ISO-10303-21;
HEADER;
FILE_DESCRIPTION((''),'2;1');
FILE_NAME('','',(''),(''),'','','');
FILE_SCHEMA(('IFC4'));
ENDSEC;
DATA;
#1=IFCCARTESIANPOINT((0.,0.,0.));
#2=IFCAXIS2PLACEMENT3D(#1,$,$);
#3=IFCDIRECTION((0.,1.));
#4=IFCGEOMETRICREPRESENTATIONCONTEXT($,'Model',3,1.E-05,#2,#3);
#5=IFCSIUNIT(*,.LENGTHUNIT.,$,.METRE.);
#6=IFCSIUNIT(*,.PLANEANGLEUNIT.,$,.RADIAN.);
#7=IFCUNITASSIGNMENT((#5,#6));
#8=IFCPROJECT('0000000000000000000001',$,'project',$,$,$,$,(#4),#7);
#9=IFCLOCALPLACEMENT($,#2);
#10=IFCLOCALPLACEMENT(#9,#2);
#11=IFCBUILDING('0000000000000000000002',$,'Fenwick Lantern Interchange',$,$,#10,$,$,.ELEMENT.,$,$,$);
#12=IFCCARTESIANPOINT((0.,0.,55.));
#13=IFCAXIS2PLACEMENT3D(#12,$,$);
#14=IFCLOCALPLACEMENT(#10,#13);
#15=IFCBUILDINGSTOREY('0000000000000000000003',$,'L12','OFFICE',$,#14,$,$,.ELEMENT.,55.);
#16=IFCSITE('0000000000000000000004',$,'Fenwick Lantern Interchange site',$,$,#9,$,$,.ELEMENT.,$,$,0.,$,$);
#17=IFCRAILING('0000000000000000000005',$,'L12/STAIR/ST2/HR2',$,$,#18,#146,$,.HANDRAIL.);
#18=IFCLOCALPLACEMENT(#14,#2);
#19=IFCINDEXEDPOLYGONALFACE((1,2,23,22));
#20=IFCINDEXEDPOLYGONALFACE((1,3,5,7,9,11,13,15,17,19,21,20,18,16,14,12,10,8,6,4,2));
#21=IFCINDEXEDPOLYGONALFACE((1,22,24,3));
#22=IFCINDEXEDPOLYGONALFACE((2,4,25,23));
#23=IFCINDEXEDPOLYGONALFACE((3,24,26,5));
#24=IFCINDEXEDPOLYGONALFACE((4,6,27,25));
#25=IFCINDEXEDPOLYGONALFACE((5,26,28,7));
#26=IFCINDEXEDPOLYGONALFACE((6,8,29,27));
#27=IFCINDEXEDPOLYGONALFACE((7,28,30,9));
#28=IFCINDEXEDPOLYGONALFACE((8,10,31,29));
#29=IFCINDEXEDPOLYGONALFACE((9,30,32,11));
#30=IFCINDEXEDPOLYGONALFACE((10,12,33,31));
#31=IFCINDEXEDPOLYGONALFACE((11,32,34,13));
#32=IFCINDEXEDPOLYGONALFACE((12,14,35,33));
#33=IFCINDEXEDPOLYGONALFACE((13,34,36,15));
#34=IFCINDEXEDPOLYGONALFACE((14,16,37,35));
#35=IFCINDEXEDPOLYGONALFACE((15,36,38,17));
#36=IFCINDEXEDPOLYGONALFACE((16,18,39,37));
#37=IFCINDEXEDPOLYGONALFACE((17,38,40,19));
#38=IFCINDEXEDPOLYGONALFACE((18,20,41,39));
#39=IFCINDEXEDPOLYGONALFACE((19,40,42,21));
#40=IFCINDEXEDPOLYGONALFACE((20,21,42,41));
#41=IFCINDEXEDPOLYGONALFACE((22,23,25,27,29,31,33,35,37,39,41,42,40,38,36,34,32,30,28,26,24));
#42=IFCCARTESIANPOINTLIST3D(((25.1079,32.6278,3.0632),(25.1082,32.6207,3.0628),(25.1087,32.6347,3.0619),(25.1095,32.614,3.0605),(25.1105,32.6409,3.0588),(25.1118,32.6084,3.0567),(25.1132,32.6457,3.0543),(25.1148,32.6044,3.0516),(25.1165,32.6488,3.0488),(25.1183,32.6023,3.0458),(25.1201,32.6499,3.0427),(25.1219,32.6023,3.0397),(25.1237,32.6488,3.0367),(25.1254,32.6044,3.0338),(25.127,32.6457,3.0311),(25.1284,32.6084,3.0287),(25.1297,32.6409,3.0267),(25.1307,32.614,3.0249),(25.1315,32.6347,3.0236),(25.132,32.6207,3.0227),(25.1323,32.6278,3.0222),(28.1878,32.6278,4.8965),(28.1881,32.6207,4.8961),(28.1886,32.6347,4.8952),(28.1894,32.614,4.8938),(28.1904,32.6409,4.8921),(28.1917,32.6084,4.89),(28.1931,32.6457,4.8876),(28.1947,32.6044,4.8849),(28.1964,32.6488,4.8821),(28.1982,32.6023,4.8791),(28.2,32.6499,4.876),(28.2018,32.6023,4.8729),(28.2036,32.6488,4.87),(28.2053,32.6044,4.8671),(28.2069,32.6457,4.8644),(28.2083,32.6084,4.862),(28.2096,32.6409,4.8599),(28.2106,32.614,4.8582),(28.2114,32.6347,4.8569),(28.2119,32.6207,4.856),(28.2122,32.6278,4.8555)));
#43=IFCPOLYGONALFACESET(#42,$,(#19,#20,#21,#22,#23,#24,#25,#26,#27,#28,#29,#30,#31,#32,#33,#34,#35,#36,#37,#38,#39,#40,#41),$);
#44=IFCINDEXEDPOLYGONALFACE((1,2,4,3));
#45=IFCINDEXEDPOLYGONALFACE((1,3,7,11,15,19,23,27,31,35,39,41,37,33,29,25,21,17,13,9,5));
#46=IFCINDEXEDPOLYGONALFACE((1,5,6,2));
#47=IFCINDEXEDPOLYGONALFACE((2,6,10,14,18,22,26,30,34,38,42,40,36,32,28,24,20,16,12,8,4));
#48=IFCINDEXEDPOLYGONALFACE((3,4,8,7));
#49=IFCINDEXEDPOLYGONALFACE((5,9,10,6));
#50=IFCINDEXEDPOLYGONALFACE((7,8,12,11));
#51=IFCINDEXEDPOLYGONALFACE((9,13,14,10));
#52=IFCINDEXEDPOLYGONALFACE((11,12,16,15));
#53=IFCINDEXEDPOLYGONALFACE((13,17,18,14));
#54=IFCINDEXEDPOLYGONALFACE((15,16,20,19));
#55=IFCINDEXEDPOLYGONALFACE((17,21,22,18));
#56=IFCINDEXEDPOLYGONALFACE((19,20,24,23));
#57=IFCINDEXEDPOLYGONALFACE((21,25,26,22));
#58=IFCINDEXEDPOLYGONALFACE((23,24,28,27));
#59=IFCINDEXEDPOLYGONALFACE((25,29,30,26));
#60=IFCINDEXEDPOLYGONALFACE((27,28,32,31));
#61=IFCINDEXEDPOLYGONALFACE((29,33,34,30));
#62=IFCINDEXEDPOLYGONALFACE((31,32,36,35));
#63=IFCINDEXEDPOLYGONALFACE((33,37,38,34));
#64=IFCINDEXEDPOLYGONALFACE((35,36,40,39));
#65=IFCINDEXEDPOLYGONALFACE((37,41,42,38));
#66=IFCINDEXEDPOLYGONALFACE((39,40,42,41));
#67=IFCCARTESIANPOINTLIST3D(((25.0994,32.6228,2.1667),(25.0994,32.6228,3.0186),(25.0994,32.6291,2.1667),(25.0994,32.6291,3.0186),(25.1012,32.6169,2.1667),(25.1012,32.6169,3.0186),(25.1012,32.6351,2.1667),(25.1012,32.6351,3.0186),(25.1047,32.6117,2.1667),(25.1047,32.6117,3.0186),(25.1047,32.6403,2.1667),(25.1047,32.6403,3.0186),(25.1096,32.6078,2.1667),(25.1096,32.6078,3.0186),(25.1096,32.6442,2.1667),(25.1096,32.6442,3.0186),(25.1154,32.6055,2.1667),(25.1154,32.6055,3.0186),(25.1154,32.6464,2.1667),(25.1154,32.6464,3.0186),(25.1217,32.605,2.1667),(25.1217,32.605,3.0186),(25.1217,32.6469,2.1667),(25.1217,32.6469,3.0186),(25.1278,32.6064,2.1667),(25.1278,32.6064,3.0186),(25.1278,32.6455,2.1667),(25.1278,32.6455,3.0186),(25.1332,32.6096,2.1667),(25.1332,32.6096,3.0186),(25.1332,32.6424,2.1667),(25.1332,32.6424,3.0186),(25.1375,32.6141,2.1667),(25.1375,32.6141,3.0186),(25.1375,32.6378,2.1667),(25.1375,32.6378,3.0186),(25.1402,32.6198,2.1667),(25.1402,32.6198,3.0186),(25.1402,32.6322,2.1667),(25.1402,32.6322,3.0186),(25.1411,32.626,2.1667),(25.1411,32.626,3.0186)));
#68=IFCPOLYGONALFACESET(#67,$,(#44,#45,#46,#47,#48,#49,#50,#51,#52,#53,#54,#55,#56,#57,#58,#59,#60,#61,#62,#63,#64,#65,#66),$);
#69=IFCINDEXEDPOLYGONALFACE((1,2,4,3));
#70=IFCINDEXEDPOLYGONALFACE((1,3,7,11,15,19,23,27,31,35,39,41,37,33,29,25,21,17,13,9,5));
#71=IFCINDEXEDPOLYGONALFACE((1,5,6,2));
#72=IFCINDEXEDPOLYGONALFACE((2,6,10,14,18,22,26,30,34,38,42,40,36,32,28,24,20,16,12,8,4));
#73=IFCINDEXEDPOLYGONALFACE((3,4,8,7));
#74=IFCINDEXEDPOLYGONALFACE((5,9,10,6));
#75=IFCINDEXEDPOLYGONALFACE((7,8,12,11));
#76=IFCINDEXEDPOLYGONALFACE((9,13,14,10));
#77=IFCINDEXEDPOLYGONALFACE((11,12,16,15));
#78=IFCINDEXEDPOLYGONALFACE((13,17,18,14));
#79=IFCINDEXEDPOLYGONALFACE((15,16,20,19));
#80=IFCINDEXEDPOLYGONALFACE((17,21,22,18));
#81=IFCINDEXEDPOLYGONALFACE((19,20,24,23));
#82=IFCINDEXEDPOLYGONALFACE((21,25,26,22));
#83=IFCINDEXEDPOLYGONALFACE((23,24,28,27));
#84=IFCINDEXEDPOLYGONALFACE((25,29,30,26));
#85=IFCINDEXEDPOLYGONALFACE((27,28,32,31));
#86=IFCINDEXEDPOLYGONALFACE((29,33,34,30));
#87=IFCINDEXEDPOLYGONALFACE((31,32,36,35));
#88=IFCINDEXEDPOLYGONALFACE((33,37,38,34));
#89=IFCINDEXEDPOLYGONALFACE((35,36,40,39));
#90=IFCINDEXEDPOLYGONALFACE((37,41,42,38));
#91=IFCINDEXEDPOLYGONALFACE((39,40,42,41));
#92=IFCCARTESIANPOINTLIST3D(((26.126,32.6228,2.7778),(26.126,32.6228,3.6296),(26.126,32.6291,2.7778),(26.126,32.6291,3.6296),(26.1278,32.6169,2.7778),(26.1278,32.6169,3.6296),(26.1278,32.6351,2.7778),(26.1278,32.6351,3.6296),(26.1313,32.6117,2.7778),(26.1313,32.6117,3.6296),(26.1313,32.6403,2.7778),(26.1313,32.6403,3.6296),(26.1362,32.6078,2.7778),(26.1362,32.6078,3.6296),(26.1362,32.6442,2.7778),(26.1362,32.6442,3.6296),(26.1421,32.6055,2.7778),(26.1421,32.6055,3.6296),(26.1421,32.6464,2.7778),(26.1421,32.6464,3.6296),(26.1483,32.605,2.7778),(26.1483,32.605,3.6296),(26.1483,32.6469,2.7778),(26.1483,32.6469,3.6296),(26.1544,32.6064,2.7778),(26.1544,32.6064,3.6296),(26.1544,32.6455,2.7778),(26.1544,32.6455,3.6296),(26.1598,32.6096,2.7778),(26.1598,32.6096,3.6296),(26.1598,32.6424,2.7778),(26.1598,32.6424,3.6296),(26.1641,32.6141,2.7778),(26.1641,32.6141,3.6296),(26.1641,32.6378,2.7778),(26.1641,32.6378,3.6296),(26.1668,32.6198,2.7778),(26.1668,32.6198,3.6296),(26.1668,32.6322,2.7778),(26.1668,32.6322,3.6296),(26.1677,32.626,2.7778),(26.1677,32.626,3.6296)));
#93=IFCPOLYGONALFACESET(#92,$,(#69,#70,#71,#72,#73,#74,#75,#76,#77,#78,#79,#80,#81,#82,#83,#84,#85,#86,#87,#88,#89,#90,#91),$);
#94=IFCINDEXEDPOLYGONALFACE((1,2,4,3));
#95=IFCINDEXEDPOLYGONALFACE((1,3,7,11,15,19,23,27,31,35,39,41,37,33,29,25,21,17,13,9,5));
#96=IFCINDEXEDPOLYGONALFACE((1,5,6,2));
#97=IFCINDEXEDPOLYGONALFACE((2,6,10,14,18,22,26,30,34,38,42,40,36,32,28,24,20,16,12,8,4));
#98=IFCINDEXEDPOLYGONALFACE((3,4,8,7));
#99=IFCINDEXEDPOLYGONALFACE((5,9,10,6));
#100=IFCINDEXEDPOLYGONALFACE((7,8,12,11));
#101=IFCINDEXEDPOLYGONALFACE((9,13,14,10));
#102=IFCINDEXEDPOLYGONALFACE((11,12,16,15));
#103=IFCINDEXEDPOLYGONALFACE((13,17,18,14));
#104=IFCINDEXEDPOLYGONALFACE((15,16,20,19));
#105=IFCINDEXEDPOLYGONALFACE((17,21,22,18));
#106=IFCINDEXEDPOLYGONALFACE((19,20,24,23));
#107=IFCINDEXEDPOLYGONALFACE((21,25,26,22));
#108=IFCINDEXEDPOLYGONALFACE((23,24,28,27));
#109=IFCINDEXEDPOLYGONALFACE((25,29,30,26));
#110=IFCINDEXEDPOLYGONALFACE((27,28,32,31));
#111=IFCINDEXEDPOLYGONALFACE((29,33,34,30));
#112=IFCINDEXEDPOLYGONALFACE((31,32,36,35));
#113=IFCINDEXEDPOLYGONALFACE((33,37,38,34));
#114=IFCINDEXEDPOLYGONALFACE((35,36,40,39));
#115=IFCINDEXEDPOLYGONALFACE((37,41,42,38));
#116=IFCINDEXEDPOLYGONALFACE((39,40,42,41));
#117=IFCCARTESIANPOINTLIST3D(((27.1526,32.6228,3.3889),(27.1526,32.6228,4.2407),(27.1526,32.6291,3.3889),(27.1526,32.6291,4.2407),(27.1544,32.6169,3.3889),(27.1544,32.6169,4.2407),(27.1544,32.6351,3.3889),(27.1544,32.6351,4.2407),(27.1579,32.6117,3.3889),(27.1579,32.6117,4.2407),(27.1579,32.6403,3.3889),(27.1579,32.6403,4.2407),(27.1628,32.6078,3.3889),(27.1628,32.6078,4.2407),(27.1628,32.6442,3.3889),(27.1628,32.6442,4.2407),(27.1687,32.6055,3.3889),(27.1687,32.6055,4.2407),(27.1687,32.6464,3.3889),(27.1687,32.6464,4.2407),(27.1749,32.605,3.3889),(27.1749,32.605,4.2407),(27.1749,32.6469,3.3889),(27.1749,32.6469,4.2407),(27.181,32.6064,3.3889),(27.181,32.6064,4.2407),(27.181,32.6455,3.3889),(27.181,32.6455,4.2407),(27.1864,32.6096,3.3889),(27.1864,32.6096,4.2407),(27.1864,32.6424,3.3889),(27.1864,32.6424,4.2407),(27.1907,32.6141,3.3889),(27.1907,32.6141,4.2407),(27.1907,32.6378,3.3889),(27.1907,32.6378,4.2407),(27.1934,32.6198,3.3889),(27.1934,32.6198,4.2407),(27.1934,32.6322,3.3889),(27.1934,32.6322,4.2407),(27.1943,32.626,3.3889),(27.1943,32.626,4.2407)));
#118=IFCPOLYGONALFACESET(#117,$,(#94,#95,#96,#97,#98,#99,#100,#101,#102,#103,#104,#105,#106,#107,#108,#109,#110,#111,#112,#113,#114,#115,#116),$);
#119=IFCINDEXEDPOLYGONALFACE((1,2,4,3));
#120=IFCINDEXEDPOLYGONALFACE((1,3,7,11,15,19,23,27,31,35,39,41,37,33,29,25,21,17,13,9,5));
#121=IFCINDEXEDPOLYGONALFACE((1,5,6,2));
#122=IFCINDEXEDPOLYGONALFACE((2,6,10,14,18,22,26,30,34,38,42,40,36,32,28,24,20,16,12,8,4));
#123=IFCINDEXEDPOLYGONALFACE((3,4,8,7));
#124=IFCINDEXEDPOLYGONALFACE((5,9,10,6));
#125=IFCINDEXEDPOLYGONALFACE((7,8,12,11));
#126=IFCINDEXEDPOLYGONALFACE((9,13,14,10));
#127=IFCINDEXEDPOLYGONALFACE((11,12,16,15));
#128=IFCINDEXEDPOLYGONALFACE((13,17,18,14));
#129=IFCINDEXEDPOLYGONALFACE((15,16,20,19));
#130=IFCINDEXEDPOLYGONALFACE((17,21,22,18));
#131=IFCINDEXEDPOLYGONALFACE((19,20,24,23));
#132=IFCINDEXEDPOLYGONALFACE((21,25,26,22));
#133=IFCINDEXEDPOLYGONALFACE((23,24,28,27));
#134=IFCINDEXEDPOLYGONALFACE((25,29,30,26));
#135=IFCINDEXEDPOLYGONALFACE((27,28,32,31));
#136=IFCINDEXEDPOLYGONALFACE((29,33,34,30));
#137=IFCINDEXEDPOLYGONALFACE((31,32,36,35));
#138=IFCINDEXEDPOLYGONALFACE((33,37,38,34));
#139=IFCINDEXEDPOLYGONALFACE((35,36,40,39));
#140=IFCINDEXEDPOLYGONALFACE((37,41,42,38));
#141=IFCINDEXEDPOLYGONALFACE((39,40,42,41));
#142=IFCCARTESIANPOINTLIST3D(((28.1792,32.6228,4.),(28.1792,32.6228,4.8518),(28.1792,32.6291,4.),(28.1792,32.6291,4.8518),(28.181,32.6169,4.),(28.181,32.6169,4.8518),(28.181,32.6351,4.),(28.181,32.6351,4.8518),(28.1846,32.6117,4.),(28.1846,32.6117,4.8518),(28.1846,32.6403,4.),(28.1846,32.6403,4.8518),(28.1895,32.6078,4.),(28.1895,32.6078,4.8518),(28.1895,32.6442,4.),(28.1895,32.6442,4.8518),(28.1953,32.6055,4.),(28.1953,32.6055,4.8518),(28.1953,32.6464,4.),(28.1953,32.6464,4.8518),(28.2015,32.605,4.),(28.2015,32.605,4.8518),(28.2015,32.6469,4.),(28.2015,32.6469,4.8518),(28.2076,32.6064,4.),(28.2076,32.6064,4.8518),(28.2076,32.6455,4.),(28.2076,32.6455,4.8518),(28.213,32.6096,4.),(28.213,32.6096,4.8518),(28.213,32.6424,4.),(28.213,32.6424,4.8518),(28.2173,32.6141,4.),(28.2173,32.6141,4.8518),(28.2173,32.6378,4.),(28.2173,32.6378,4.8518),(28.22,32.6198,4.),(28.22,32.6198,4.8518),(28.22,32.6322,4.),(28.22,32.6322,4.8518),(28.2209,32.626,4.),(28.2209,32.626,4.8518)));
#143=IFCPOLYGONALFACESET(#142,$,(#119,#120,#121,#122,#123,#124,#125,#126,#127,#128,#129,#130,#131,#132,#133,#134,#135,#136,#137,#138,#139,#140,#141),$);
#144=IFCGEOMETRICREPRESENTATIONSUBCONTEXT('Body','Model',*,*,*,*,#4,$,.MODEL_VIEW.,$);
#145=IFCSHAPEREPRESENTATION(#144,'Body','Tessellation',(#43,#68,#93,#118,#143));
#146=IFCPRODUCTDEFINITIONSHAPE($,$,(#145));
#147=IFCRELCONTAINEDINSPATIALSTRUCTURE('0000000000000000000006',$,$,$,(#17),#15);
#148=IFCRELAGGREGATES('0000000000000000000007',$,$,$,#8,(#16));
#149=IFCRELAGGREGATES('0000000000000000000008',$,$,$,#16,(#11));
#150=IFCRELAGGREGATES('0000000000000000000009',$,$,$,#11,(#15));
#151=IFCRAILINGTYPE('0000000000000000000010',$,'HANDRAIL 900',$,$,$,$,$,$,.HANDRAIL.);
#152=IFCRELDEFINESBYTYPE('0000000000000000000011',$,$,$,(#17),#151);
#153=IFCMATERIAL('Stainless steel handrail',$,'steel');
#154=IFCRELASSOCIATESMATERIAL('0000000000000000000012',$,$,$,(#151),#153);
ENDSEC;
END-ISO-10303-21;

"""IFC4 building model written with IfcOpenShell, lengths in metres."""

from ifc_helpers import new_model, si_unit, direction, frame, origin, origin_2d, place, context, subcontext, project, spatial, circle, extrude, material, type_object, element, save


model = new_model("IFC4")

# Units and contexts
model_context = context("Model", 3, precision=1e-05, world=origin(), true_north=direction((0.0, 1.0)))
body_context = subcontext(model_context, "Body", "Model", "MODEL_VIEW")
ifc_project = project(units=[si_unit("LENGTHUNIT", "METRE"), si_unit("PLANEANGLEUNIT", "RADIAN")], contexts=[model_context])

# Site, building, storey
site_placement = place(None, origin())
site = spatial("IfcSite", under=ifc_project, at=site_placement, Name="Fenwick Lantern Interchange site", CompositionType="ELEMENT", RefElevation=0.0)
building_placement = place(site_placement, origin())
building = spatial("IfcBuilding", under=site, at=building_placement, Name="Fenwick Lantern Interchange", CompositionType="ELEMENT")
storey_placement = place(building_placement, frame((0.0, 0.0, 55.0)))
storey = spatial("IfcBuildingStorey", under=building, at=storey_placement, Name="L12", Description="OFFICE", CompositionType="ELEMENT", Elevation=55.0)

# Railing
ifc_material_1 = material(Name="Stainless steel handrail", Category="steel")
railing_type = type_object("IfcRailingType", Name="HANDRAIL 900", PredefinedType="HANDRAIL", material=ifc_material_1)
railing_1_placement = place(storey_placement, frame((25.1201, 32.626, 2.1667)))
element("IfcRailing", 1, at=railing_1_placement, inside=storey, type_object=railing_type, Name="L12/STAIR/ST2/HR2", PredefinedType="HANDRAIL", context=body_context, shape_type="SweptSolid", body=[
    extrude(circle(Radius=0.0239, at=origin_2d()), frame((0.0, 0.0, 0.876), z_axis=(0.859291, 0.0, 0.511487), x_axis=(0.0, 1.0, 0.0)), (0.0, 0.0, 1.0), 3.5842),
    extrude(circle(Radius=0.021, at=origin_2d()), origin(), (0.0, 0.0, 1.0), 0.8518),
    extrude(circle(Radius=0.021, at=origin_2d()), frame((1.0266, 0.0, 0.6111)), (0.0, 0.0, 1.0), 0.8518),
    extrude(circle(Radius=0.021, at=origin_2d()), frame((2.0532, 0.0, 1.2222)), (0.0, 0.0, 1.0), 0.8518),
    extrude(circle(Radius=0.021, at=origin_2d()), frame((3.0798, 0.0, 1.8333)), (0.0, 0.0, 1.0), 0.8518),
])

save(model, "model.ifc")
